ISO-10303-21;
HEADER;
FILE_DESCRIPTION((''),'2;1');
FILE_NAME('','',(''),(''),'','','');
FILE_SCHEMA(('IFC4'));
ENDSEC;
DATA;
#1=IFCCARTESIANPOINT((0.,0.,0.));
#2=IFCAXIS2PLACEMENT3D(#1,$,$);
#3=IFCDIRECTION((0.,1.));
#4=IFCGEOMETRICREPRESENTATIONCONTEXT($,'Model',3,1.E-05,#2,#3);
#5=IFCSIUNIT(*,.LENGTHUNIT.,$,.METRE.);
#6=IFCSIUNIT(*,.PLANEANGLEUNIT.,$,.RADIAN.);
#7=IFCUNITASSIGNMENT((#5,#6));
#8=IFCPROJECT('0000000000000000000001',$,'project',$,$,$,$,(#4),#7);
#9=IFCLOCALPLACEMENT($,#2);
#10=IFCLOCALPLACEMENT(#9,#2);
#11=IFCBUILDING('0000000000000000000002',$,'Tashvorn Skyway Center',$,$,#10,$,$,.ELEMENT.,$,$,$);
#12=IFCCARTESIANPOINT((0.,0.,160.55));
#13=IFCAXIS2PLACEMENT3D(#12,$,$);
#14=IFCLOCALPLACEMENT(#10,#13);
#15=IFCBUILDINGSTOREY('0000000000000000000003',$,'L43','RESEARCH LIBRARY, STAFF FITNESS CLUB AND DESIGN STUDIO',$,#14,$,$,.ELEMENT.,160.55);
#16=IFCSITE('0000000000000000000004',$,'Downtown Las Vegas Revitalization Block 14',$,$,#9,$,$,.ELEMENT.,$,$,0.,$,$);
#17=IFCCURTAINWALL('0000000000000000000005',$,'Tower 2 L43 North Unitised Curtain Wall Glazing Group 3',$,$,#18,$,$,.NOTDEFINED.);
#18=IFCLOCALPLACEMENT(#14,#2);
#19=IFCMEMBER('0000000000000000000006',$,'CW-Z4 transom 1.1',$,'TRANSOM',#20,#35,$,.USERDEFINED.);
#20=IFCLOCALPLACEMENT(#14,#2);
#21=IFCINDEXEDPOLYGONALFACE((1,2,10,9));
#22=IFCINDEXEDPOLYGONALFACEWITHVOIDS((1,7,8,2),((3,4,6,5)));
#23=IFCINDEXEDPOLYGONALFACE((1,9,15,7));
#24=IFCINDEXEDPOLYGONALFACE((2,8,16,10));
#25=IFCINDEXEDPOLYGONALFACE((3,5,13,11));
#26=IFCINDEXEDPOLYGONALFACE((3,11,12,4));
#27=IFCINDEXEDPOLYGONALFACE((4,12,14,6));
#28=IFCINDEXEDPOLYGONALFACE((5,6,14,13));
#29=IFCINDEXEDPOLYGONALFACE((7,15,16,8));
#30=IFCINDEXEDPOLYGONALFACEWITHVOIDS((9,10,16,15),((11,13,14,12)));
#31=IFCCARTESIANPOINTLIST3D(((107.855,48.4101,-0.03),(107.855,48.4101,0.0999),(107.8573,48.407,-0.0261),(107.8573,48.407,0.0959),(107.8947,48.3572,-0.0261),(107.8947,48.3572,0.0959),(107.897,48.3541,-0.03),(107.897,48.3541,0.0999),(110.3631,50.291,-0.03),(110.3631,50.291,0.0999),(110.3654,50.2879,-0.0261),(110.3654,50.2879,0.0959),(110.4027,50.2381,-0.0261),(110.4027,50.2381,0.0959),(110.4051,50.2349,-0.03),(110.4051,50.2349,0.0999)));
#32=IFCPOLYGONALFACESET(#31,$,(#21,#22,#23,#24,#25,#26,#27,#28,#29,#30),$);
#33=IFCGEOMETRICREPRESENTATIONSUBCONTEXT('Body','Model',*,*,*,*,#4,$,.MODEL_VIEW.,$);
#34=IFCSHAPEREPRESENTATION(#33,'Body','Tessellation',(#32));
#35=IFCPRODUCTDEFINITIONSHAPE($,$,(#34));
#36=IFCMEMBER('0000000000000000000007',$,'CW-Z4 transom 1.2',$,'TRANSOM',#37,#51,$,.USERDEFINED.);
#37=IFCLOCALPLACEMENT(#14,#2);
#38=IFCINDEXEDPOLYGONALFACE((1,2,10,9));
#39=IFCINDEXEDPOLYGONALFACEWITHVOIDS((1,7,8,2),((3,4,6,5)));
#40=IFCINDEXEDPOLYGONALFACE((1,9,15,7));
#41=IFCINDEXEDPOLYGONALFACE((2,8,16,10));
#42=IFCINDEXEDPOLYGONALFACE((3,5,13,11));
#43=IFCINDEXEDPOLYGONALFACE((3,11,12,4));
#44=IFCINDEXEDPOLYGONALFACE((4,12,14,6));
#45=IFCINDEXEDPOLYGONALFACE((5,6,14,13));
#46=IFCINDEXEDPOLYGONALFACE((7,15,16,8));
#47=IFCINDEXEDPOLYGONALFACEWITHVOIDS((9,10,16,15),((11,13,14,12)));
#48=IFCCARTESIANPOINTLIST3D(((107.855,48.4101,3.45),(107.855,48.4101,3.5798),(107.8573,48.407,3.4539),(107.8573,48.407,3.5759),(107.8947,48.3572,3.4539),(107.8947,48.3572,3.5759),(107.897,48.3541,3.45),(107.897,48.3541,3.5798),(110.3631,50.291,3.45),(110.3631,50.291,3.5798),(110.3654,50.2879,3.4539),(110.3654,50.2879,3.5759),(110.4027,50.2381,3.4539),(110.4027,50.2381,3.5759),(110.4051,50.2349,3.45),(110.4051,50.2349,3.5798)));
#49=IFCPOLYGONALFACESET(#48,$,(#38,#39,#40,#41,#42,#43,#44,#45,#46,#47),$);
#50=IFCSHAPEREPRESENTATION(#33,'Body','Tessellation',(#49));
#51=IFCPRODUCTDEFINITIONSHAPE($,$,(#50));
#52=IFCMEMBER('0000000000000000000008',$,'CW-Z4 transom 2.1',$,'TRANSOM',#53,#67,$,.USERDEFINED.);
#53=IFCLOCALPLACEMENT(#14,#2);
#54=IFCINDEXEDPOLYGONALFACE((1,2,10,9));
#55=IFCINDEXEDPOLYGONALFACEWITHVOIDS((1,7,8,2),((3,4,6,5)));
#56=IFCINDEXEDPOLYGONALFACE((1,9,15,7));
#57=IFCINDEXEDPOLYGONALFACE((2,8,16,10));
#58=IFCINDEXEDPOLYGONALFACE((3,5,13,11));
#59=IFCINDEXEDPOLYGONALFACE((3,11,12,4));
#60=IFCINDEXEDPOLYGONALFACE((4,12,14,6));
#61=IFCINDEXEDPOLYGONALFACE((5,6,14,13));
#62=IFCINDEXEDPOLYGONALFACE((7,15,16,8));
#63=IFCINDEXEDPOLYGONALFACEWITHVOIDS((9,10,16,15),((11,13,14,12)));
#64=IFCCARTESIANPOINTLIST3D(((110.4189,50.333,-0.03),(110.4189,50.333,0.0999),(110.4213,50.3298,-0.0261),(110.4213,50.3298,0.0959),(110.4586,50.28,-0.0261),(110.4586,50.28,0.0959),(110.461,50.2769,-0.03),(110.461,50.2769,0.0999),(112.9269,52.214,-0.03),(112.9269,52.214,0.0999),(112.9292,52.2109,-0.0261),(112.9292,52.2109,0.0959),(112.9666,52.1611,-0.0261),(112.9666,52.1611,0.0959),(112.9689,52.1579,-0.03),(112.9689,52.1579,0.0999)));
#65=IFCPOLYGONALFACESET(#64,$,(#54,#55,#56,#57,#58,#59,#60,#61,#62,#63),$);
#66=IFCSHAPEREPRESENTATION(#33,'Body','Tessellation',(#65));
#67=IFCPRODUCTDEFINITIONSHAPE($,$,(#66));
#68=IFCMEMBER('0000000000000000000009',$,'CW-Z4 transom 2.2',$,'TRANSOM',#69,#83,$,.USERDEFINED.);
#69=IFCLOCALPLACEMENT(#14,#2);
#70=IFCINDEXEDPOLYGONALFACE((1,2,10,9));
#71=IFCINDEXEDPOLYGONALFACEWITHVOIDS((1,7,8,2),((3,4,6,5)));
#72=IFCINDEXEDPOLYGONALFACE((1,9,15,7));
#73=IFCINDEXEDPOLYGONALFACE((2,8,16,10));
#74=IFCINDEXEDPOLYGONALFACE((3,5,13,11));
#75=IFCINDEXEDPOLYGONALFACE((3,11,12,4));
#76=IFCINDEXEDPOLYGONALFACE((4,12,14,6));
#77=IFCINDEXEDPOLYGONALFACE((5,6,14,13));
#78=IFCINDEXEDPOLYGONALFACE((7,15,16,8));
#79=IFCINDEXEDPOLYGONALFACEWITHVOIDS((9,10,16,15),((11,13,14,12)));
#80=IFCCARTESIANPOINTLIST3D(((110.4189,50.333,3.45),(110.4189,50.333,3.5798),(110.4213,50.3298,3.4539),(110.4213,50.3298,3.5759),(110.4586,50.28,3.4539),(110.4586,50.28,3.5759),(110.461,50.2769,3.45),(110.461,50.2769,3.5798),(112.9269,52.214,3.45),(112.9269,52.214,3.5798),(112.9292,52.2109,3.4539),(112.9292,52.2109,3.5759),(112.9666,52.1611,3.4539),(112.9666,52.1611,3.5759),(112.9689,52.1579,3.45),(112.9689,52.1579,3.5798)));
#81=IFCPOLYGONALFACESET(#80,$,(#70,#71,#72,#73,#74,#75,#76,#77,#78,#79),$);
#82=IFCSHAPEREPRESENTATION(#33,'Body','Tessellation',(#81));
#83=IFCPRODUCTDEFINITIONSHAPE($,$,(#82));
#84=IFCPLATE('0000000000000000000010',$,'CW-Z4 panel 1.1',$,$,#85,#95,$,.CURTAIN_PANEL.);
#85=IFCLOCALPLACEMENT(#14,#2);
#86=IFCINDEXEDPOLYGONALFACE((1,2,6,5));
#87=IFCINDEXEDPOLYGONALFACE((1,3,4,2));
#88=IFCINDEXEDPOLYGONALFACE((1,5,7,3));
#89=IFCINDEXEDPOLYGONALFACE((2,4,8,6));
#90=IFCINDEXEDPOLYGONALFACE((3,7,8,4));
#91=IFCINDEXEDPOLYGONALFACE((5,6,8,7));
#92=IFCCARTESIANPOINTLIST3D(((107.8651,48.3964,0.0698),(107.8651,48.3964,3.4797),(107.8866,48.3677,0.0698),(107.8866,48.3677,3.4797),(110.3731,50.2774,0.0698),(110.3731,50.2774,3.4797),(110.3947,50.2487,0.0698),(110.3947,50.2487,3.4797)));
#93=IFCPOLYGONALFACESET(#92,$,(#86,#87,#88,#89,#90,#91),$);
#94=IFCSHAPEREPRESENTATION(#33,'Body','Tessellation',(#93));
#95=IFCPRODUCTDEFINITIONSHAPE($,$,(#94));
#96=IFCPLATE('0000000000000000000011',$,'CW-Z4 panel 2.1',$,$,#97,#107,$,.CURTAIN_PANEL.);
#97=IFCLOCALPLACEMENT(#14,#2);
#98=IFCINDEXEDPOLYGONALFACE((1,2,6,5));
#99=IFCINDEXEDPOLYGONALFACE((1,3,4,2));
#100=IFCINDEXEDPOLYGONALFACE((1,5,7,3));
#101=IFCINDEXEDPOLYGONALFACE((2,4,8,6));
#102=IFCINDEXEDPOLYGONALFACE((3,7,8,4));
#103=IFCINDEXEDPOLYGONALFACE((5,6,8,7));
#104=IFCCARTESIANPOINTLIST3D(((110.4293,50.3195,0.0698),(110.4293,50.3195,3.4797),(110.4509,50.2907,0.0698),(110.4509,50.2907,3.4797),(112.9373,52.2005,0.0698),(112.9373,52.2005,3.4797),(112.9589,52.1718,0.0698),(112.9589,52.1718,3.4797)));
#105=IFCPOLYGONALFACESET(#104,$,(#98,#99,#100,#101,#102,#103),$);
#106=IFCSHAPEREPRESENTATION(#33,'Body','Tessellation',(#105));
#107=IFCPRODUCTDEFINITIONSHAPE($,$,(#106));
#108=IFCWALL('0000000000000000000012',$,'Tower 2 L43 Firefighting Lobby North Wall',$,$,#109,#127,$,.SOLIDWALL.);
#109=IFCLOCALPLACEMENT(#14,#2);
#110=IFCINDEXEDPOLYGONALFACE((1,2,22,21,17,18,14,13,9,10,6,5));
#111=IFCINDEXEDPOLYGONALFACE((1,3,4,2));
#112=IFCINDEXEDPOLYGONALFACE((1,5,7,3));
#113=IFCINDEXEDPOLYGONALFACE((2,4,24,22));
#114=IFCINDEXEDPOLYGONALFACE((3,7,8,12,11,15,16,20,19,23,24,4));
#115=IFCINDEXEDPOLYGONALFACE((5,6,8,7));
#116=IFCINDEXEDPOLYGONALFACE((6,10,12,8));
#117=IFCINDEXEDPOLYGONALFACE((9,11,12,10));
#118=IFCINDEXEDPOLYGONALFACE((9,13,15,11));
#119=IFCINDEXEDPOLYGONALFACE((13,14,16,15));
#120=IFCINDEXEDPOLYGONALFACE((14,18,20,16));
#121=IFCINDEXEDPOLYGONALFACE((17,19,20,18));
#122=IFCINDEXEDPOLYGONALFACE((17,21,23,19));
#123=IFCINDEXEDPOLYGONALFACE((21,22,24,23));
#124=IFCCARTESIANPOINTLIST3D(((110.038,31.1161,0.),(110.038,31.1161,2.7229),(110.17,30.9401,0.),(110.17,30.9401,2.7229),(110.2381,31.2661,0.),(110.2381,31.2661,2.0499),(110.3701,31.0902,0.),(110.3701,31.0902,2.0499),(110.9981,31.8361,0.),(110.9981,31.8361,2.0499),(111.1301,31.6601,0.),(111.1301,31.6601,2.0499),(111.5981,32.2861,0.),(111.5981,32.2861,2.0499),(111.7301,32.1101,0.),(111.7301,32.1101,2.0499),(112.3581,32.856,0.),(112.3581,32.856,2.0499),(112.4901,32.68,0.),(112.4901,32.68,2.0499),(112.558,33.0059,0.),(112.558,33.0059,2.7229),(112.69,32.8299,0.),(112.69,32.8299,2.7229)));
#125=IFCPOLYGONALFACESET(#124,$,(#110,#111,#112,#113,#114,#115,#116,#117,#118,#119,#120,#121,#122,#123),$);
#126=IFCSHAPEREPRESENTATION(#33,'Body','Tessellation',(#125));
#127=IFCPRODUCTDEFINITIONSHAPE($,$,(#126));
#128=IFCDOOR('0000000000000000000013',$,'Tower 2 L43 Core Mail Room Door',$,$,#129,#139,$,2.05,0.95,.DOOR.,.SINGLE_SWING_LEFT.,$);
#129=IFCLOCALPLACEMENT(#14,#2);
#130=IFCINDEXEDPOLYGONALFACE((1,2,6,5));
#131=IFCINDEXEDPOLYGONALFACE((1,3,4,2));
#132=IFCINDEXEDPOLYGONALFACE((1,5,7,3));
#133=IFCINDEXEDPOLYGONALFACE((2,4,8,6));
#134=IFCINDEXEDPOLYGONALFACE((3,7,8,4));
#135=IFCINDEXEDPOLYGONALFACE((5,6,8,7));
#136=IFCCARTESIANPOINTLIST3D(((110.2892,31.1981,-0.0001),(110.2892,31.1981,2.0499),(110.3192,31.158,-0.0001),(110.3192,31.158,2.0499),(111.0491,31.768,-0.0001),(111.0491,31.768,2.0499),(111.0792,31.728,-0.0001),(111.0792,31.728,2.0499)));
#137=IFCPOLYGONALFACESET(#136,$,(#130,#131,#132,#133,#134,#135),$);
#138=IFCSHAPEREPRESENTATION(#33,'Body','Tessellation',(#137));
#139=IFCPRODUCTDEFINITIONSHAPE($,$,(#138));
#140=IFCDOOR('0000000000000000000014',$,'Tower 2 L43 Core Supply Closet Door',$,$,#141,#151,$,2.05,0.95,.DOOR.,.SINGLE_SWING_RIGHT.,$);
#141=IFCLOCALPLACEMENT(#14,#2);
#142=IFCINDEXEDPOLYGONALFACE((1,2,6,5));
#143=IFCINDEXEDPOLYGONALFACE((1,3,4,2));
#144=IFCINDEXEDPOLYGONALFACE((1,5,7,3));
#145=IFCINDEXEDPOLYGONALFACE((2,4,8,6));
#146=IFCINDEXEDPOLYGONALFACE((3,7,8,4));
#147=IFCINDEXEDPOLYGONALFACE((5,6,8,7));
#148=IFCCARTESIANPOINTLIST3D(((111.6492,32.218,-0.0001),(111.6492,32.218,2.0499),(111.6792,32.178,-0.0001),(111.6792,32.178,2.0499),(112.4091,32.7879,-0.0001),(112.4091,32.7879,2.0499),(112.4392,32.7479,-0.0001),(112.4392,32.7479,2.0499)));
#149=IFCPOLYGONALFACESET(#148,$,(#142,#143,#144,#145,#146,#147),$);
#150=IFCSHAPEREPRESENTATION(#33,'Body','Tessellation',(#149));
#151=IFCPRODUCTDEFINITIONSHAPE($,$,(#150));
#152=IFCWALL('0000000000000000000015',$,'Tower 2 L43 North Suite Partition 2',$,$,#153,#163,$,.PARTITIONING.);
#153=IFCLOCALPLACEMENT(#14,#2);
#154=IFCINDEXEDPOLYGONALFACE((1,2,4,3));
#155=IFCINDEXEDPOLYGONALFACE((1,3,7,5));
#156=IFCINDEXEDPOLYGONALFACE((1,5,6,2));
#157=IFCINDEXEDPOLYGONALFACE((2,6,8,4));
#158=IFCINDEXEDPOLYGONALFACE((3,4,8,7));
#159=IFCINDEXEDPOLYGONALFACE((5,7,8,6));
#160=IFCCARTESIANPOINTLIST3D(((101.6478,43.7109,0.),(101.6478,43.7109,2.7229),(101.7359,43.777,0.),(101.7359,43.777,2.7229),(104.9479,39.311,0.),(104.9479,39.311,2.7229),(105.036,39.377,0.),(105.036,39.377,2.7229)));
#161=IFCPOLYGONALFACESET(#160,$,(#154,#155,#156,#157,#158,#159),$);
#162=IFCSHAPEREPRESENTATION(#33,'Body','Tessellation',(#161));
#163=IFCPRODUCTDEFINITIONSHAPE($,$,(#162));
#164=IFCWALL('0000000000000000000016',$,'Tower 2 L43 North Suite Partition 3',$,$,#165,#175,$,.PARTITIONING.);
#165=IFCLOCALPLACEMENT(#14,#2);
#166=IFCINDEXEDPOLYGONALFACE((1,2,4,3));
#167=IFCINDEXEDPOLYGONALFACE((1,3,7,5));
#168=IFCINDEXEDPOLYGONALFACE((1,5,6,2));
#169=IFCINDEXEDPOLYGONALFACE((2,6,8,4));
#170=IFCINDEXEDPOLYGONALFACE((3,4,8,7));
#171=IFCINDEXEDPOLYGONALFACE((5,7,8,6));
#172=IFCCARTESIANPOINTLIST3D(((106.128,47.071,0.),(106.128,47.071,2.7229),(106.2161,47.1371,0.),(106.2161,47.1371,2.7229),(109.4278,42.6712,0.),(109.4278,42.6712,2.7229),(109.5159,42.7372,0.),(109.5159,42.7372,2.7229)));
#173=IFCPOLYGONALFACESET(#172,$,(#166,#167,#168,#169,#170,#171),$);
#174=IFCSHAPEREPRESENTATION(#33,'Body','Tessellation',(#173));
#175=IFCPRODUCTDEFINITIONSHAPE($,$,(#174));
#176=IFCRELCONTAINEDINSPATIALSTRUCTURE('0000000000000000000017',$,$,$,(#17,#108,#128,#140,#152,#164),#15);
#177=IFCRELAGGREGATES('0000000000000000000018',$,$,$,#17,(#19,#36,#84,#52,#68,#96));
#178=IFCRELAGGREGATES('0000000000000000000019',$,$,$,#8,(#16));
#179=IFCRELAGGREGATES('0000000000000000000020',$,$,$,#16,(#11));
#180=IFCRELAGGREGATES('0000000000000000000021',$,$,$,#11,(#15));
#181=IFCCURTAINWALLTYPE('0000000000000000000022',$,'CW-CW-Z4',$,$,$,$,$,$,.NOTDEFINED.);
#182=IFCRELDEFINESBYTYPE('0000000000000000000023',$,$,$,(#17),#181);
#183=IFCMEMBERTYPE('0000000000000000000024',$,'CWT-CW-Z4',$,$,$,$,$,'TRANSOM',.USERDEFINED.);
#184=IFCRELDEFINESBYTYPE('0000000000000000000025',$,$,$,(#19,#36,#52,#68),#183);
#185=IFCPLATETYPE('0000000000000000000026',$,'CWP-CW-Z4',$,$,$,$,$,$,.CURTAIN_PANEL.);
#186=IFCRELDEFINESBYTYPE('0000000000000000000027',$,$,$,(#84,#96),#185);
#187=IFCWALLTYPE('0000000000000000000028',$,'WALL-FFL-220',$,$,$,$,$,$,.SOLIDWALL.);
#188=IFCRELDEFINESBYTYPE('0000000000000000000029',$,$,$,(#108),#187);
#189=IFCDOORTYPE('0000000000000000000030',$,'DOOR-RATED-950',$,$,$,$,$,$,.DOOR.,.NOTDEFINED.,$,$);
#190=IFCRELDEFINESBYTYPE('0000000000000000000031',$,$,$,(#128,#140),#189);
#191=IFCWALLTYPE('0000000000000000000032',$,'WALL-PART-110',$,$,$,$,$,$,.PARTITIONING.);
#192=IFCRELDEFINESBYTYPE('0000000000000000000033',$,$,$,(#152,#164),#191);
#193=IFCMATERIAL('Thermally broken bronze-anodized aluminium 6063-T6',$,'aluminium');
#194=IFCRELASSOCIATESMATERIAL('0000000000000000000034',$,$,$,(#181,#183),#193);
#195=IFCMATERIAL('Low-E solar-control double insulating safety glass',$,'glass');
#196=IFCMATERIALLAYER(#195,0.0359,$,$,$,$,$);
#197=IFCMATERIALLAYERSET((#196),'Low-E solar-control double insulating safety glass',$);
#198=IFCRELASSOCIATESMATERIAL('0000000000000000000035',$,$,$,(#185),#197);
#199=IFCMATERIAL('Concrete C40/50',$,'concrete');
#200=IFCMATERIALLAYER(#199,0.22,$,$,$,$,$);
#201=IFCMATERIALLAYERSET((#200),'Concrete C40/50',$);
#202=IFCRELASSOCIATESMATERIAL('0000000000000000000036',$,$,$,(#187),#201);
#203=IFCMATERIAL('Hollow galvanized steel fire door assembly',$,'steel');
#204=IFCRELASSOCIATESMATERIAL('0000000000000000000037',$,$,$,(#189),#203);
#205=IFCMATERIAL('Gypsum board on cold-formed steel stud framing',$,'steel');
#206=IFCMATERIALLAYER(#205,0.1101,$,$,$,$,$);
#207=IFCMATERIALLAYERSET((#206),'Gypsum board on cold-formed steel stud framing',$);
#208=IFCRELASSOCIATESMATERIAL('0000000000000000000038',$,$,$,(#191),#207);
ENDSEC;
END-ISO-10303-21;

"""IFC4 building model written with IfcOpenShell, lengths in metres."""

from ifc_helpers import new_model, si_unit, direction, frame, frame_2d, origin, origin_2d, place, context, subcontext, project, spatial, rectangle, hollow_rectangle, extrude, material, layer, layer_set, material_profile, profile_set, type_object, element, fill, aggregate, save


model = new_model("IFC4")

# Units and contexts
model_context = context("Model", 3, precision=1e-05, world=origin(), true_north=direction((0.0, 1.0)))
body_context = subcontext(model_context, "Body", "Model", "MODEL_VIEW")
ifc_project = project(units=[si_unit("LENGTHUNIT", "METRE"), si_unit("PLANEANGLEUNIT", "RADIAN")], contexts=[model_context])

# Site, building, storey
site_placement = place(None, origin())
site = spatial("IfcSite", under=ifc_project, at=site_placement, Name="Downtown Las Vegas Revitalization Block 14", CompositionType="ELEMENT", RefElevation=0.0)
building_placement = place(site_placement, origin())
building = spatial("IfcBuilding", under=site, at=building_placement, Name="Tashvorn Skyway Center", CompositionType="ELEMENT")
storey_placement = place(building_placement, frame((0.0, 0.0, 160.55)))
storey = spatial("IfcBuildingStorey", under=building, at=storey_placement, Name="L43", Description="RESEARCH LIBRARY, STAFF FITNESS CLUB AND DESIGN STUDIO", CompositionType="ELEMENT", Elevation=160.55)

# Shared definitions
ifc_material_1 = material(Name="Thermally broken bronze-anodized aluminium 6063-T6", Category="aluminium")
curtain_wall_type = type_object("IfcCurtainWallType", Name="CW-CW-Z4", PredefinedType="NOTDEFINED", material=ifc_material_1)

# Curtain wall, members, plates
curtain_wall_1_placement = place(storey_placement, origin())
curtain_wall_1 = element("IfcCurtainWall", 1, at=curtain_wall_1_placement, inside=storey, type_object=curtain_wall_type, Name="Tower 2 L43 North Unitised Curtain Wall Glazing Group 3", PredefinedType="NOTDEFINED")
ifc_material_profile_1 = material_profile(ifc_material_1, hollow_rectangle(XDim=0.0701, YDim=0.1299, WallThickness=0.0039, at=origin_2d()), Name="ALU-TRAN-70x130")
ifc_profile_set_1 = profile_set([ifc_material_profile_1], Name="Thermally broken bronze-anodized aluminium 6063-T6")
member_type_1 = type_object("IfcMemberType", Name="CWT-CW-Z4", ElementType="TRANSOM", PredefinedType="USERDEFINED", material=ifc_profile_set_1)
member_1_placement = place(storey_placement, frame((107.876, 48.3821, 0.0349), z_axis=(0.800028, 0.599963, 0.0), x_axis=(-0.599963, 0.800028, 0.0)))
member_1 = element("IfcMember", 2, at=member_1_placement, type_object=member_type_1, Name="CW-Z4 transom 1.1", ObjectType="TRANSOM", PredefinedType="USERDEFINED", context=body_context, shape_type="SweptSolid", body=[
    extrude(hollow_rectangle(XDim=0.0701, YDim=0.1299, WallThickness=0.0039, at=origin_2d()), origin(), (0.0, 0.0, 1.0), 3.135),
])
member_2_placement = place(storey_placement, frame((107.876, 48.3821, 3.5149), z_axis=(0.800028, 0.599963, 0.0), x_axis=(-0.599963, 0.800028, 0.0)))
member_2 = element("IfcMember", 3, at=member_2_placement, type_object=member_type_1, Name="CW-Z4 transom 1.2", ObjectType="TRANSOM", PredefinedType="USERDEFINED", context=body_context, shape_type="SweptSolid", body=[
    extrude(hollow_rectangle(XDim=0.0701, YDim=0.1299, WallThickness=0.0039, at=origin_2d()), origin(), (0.0, 0.0, 1.0), 3.135),
])
member_3_placement = place(storey_placement, frame((110.4399, 50.3049, 0.0349), z_axis=(0.799991, 0.600012, 0.0), x_axis=(-0.600012, 0.799991, 0.0)))
member_3 = element("IfcMember", 4, at=member_3_placement, type_object=member_type_1, Name="CW-Z4 transom 2.1", ObjectType="TRANSOM", PredefinedType="USERDEFINED", context=body_context, shape_type="SweptSolid", body=[
    extrude(hollow_rectangle(XDim=0.0701, YDim=0.1299, WallThickness=0.0039, at=origin_2d()), origin(), (0.0, 0.0, 1.0), 3.135),
])
member_4_placement = place(storey_placement, frame((110.4399, 50.3049, 3.5149), z_axis=(0.799991, 0.600012, 0.0), x_axis=(-0.600012, 0.799991, 0.0)))
member_4 = element("IfcMember", 5, at=member_4_placement, type_object=member_type_1, Name="CW-Z4 transom 2.2", ObjectType="TRANSOM", PredefinedType="USERDEFINED", context=body_context, shape_type="SweptSolid", body=[
    extrude(hollow_rectangle(XDim=0.0701, YDim=0.1299, WallThickness=0.0039, at=origin_2d()), origin(), (0.0, 0.0, 1.0), 3.135),
])
ifc_material_2 = material(Name="Low-E solar-control double insulating safety glass", Category="glass")
ifc_layer_1 = layer(ifc_material_2, 0.0359)
ifc_layer_set_1 = layer_set([ifc_layer_1], Name="Low-E solar-control double insulating safety glass")
plate_type = type_object("IfcPlateType", Name="CWP-CW-Z4", PredefinedType="CURTAIN_PANEL", material=ifc_layer_set_1)
plate_1_placement = place(storey_placement, frame((109.1299, 49.3225, 0.0698), z_axis=(0.0, 0.0, 1.0), x_axis=(0.8, 0.6, 0.0)))
plate_1 = element("IfcPlate", 6, at=plate_1_placement, type_object=plate_type, Name="CW-Z4 panel 1.1", PredefinedType="CURTAIN_PANEL", context=body_context, shape_type="SweptSolid", body=[
    extrude(rectangle(XDim=3.135, YDim=0.0359, at=origin_2d()), origin(), (0.0, 0.0, 1.0), 3.4099),
])
plate_2_placement = place(storey_placement, frame((111.6941, 51.2456, 0.0698), z_axis=(0.0, 0.0, 1.0), x_axis=(0.8, 0.6, 0.0)))
plate_2 = element("IfcPlate", 7, at=plate_2_placement, type_object=plate_type, Name="CW-Z4 panel 2.1", PredefinedType="CURTAIN_PANEL", context=body_context, shape_type="SweptSolid", body=[
    extrude(rectangle(XDim=3.135, YDim=0.0359, at=origin_2d()), origin(), (0.0, 0.0, 1.0), 3.4099),
])
aggregate(curtain_wall_1, [member_1, member_2, plate_1, member_3, member_4, plate_2])

# Wall, openings, doors
ifc_material_3 = material(Name="Concrete C40/50", Category="concrete")
ifc_layer_2 = layer(ifc_material_3, 0.22)
ifc_layer_set_2 = layer_set([ifc_layer_2], Name="Concrete C40/50")
wall_type_1 = type_object("IfcWallType", Name="WALL-FFL-220", PredefinedType="SOLIDWALL", material=ifc_layer_set_2)
wall_1_placement = place(storey_placement, frame((110.104, 31.0281, 0.0), z_axis=(0.0, 0.0, 1.0), x_axis=(0.800019, 0.599975, 0.0)))
wall_1 = element("IfcWall", 8, at=wall_1_placement, inside=storey, type_object=wall_type_1, Name="Tower 2 L43 Firefighting Lobby North Wall", PredefinedType="SOLIDWALL", context=body_context, shape_type="SweptSolid", body=[
    extrude(rectangle(XDim=3.1499, YDim=0.22, at=frame_2d((1.575, 0.0))), origin(), (0.0, 0.0, 1.0), 2.7229),
])
opening_1_placement = place(wall_1_placement, frame((0.25, 0.0, 0.0)))
opening_1 = element("IfcOpeningElement", 9, at=opening_1_placement, cuts=wall_1, PredefinedType="OPENING", context=body_context, shape_type="SweptSolid", body=[
    extrude(rectangle(XDim=0.95, YDim=2.05, at=frame_2d((0.4751, 1.0249))), frame((0.0, 0.1199, 0.0), z_axis=(0.0, -1.0, 0.0), x_axis=(1.0, 0.0, 0.0)), (0.0, 0.0, 1.0), 0.24),
])
opening_2_placement = place(wall_1_placement, frame((1.95, 0.0, 0.0)))
opening_2 = element("IfcOpeningElement", 10, at=opening_2_placement, cuts=wall_1, PredefinedType="OPENING", context=body_context, shape_type="SweptSolid", body=[
    extrude(rectangle(XDim=0.95, YDim=2.05, at=frame_2d((0.4751, 1.0249))), frame((0.0, 0.1199, 0.0), z_axis=(0.0, -1.0, 0.0), x_axis=(1.0, 0.0, 0.0)), (0.0, 0.0, 1.0), 0.24),
])
ifc_material_4 = material(Name="Hollow galvanized steel fire door assembly", Category="steel")
door_type = type_object("IfcDoorType", Name="DOOR-RATED-950", OperationType="NOTDEFINED", PredefinedType="DOOR", material=ifc_material_4)
door_1_placement = place(opening_1_placement, origin())
door_1 = element("IfcDoor", 11, at=door_1_placement, inside=storey, type_object=door_type, Name="Tower 2 L43 Core Mail Room Door", OperationType="SINGLE_SWING_LEFT", OverallHeight=2.05, OverallWidth=0.95, PredefinedType="DOOR", context=body_context, shape_type="SweptSolid", body=[
    extrude(rectangle(XDim=0.95, YDim=2.05, at=frame_2d((0.4751, 1.0249))), frame((0.0, 0.0249, 0.0), z_axis=(0.0, -1.0, 0.0), x_axis=(1.0, 0.0, 0.0)), (0.0, 0.0, 1.0), 0.05),
])
fill(opening_1, door_1)
door_2_placement = place(opening_2_placement, origin())
door_2 = element("IfcDoor", 12, at=door_2_placement, inside=storey, type_object=door_type, Name="Tower 2 L43 Core Supply Closet Door", OperationType="SINGLE_SWING_RIGHT", OverallHeight=2.05, OverallWidth=0.95, PredefinedType="DOOR", context=body_context, shape_type="SweptSolid", body=[
    extrude(rectangle(XDim=0.95, YDim=2.05, at=frame_2d((0.4751, 1.0249))), frame((0.0, 0.0249, 0.0), z_axis=(0.0, -1.0, 0.0), x_axis=(1.0, 0.0, 0.0)), (0.0, 0.0, 1.0), 0.05),
])
fill(opening_2, door_2)

# Walls
ifc_material_5 = material(Name="Gypsum board on cold-formed steel stud framing", Category="steel")
ifc_layer_3 = layer(ifc_material_5, 0.1101)
ifc_layer_set_3 = layer_set([ifc_layer_3], Name="Gypsum board on cold-formed steel stud framing")
wall_type_2 = type_object("IfcWallType", Name="WALL-PART-110", PredefinedType="PARTITIONING", material=ifc_layer_set_3)
wall_2_placement = place(storey_placement, frame((104.9919, 39.344, 0.0), z_axis=(0.0, 0.0, 1.0), x_axis=(-0.600014, 0.799989, 0.0)))
element("IfcWall", 13, at=wall_2_placement, inside=storey, type_object=wall_type_2, Name="Tower 2 L43 North Suite Partition 2", PredefinedType="PARTITIONING", context=body_context, shape_type="SweptSolid", body=[
    extrude(rectangle(XDim=5.5, YDim=0.1101, at=frame_2d((2.75, 0.0))), origin(), (0.0, 0.0, 1.0), 2.7229),
])
wall_3_placement = place(storey_placement, frame((109.4719, 42.7041, 0.0), z_axis=(0.0, 0.0, 1.0), x_axis=(-0.599986, 0.800011, 0.0)))
element("IfcWall", 14, at=wall_3_placement, inside=storey, type_object=wall_type_2, Name="Tower 2 L43 North Suite Partition 3", PredefinedType="PARTITIONING", context=body_context, shape_type="SweptSolid", body=[
    extrude(rectangle(XDim=5.4998, YDim=0.1101, at=frame_2d((2.75, 0.0))), origin(), (0.0, 0.0, 1.0), 2.7229),
])

save(model, "model.ifc")
